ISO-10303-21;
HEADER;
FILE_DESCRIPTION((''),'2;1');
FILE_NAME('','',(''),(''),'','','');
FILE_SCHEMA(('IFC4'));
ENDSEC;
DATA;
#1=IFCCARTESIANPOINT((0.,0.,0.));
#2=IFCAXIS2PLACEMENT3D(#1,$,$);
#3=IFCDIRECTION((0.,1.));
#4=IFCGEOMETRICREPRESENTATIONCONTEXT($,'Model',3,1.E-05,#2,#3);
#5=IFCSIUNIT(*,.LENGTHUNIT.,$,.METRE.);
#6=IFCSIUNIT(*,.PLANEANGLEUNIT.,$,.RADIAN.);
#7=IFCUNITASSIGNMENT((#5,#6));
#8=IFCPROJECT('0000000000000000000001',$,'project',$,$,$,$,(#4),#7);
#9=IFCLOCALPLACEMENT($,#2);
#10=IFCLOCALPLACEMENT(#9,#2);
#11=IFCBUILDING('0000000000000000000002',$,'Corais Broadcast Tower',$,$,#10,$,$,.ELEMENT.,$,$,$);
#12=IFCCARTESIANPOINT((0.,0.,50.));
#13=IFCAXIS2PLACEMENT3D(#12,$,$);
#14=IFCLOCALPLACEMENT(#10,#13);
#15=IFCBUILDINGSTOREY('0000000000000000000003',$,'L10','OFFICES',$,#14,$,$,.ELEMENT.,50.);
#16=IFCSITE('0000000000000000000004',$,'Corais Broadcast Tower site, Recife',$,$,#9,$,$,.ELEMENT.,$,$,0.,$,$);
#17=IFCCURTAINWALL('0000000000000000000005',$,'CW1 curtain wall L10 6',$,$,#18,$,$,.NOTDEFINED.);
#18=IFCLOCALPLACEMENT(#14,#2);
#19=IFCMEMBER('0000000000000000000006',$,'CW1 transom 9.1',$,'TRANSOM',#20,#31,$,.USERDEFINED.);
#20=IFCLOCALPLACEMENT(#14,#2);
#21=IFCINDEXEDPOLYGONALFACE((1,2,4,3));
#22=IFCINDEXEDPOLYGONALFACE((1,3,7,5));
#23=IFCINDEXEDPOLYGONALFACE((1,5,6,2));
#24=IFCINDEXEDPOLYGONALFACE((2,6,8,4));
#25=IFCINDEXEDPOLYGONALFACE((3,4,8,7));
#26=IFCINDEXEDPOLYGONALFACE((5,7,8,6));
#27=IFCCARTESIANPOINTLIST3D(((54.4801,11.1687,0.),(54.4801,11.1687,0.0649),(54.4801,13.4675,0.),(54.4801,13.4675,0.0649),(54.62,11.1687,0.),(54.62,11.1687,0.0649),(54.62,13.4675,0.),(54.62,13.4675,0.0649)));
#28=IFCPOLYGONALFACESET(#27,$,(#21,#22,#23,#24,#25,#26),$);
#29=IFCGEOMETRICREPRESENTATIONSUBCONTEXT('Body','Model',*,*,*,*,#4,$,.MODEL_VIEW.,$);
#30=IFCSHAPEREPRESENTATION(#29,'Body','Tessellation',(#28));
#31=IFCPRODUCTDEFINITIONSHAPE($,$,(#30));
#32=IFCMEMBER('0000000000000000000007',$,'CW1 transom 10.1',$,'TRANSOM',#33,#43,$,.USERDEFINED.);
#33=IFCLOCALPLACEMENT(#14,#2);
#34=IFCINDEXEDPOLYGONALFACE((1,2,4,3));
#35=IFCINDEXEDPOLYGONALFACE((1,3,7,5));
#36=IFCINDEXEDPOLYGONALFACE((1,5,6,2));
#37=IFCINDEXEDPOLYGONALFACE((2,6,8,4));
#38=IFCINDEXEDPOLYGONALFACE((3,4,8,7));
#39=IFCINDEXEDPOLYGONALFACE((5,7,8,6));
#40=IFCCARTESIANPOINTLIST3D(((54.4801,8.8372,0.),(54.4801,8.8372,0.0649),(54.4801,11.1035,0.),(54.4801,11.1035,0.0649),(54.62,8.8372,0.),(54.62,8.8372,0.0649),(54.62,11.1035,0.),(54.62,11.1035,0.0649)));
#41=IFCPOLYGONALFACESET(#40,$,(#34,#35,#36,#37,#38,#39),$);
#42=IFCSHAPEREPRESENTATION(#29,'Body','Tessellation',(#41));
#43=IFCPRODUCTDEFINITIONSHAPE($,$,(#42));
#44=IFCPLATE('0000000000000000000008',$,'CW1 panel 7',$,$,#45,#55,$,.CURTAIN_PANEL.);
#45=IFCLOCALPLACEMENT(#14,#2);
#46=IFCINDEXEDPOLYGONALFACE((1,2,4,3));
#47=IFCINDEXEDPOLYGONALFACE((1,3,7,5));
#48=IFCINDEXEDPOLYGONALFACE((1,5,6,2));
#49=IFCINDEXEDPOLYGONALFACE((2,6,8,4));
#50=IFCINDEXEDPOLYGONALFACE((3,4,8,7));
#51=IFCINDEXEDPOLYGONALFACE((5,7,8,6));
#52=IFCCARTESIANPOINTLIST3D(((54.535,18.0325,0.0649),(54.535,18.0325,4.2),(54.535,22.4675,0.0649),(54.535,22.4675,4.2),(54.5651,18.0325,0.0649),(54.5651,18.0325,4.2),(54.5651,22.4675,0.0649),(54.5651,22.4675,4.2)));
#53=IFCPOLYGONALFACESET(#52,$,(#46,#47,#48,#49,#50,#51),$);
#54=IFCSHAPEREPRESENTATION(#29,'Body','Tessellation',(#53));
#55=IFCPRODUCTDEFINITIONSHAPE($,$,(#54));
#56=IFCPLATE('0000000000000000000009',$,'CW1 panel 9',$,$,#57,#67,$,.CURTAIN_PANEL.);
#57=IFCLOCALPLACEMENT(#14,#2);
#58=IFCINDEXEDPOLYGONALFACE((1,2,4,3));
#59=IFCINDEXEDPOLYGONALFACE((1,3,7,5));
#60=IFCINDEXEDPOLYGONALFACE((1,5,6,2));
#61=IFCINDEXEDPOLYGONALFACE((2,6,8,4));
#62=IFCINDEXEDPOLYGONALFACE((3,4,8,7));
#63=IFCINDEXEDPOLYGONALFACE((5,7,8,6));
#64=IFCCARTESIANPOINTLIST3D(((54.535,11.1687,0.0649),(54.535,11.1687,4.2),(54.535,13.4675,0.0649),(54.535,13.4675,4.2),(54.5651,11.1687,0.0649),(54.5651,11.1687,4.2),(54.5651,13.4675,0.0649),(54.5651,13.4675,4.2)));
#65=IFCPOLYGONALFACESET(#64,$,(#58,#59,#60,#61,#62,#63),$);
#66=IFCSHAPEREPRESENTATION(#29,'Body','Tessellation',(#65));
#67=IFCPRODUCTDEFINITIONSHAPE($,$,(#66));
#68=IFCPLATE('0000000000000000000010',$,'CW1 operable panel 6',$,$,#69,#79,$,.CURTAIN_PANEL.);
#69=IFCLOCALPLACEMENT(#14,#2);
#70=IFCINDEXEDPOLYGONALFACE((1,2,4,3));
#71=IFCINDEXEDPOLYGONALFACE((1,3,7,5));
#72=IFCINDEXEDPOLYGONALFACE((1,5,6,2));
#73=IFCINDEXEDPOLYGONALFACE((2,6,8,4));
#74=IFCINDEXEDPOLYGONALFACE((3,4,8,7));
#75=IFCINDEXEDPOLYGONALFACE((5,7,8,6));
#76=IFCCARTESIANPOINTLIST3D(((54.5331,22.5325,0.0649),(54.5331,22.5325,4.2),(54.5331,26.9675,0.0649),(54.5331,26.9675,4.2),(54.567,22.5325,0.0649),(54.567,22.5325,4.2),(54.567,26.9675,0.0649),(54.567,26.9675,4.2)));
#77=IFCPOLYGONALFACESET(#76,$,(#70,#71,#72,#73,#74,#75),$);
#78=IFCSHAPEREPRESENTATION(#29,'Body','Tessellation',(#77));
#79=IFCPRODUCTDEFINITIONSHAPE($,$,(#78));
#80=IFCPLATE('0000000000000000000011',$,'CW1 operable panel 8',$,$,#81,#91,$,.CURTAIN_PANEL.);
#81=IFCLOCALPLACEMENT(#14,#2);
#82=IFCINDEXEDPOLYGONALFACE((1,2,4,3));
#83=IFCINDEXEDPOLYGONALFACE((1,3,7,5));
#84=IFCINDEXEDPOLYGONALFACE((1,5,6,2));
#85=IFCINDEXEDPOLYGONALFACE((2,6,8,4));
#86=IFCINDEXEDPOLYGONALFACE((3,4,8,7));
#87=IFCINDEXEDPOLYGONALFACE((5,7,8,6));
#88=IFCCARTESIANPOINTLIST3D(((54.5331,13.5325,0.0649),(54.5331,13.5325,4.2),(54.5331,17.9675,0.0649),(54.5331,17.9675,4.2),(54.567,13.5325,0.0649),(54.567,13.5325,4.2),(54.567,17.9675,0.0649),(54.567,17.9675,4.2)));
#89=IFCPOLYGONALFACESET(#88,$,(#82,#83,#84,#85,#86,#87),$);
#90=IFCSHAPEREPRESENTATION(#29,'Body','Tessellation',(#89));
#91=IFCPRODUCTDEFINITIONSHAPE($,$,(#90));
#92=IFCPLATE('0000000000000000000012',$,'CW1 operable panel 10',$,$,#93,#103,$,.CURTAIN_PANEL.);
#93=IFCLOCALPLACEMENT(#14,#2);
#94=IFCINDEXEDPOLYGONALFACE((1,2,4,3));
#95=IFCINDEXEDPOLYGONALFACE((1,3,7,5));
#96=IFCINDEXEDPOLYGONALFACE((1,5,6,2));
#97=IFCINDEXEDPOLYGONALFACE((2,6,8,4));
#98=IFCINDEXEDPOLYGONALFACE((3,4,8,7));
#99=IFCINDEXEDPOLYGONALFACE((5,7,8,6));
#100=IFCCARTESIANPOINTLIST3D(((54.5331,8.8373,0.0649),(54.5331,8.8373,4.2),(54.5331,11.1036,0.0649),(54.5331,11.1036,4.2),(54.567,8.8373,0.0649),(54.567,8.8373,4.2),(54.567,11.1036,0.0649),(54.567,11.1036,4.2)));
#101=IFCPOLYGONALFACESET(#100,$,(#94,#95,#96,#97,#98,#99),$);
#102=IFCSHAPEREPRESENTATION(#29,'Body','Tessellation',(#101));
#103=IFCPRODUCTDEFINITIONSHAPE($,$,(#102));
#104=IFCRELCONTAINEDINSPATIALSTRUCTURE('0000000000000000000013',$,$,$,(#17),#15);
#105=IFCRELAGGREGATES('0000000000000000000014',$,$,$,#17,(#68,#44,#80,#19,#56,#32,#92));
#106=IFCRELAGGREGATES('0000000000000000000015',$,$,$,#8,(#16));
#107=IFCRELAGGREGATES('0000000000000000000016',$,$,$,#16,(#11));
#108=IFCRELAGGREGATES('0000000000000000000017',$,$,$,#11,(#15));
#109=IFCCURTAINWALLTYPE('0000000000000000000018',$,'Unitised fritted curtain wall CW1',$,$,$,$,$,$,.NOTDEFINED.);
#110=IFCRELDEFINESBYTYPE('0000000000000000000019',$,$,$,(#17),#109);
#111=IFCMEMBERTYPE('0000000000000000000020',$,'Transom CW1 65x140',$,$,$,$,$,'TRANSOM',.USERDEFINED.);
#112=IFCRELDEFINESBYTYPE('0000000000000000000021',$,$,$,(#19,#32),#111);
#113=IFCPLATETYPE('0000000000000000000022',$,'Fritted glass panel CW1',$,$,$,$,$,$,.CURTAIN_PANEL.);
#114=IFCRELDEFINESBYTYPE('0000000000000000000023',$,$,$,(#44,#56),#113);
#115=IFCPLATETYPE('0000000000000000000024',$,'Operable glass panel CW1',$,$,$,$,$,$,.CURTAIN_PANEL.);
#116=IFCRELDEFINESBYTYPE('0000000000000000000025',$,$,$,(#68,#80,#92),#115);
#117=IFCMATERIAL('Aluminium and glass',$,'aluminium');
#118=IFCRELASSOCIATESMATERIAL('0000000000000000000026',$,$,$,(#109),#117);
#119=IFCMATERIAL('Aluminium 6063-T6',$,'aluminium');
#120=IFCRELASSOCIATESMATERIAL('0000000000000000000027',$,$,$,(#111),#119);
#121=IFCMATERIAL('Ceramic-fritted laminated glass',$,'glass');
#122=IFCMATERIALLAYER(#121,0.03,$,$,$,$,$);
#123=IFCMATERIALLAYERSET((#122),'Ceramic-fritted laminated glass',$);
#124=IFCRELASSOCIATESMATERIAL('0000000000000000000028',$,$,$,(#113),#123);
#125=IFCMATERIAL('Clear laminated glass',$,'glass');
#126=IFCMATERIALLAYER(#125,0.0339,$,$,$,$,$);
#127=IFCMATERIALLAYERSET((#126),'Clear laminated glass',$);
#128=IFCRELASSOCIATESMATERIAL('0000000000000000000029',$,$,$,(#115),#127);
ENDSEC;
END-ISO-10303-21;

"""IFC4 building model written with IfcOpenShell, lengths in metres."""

from ifc_helpers import new_model, si_unit, direction, frame, origin, origin_2d, place, context, subcontext, project, spatial, rectangle, extrude, material, layer, layer_set, material_profile, profile_set, type_object, element, aggregate, save


model = new_model("IFC4")

# Units and contexts
model_context = context("Model", 3, precision=1e-05, world=origin(), true_north=direction((0.0, 1.0)))
body_context = subcontext(model_context, "Body", "Model", "MODEL_VIEW")
ifc_project = project(units=[si_unit("LENGTHUNIT", "METRE"), si_unit("PLANEANGLEUNIT", "RADIAN")], contexts=[model_context])

# Site, building, storey
site_placement = place(None, origin())
site = spatial("IfcSite", under=ifc_project, at=site_placement, Name="Corais Broadcast Tower site, Recife", CompositionType="ELEMENT", RefElevation=0.0)
building_placement = place(site_placement, origin())
building = spatial("IfcBuilding", under=site, at=building_placement, Name="Corais Broadcast Tower", CompositionType="ELEMENT")
storey_placement = place(building_placement, frame((0.0, 0.0, 50.0)))
storey = spatial("IfcBuildingStorey", under=building, at=storey_placement, Name="L10", Description="OFFICES", CompositionType="ELEMENT", Elevation=50.0)

# Curtain wall
ifc_material_1 = material(Name="Aluminium and glass", Category="aluminium")
curtain_wall_type = type_object("IfcCurtainWallType", Name="Unitised fritted curtain wall CW1", PredefinedType="NOTDEFINED", material=ifc_material_1)
curtain_wall_placement = place(storey_placement, origin())
curtain_wall = element("IfcCurtainWall", 1, at=curtain_wall_placement, inside=storey, type_object=curtain_wall_type, Name="CW1 curtain wall L10 6", PredefinedType="NOTDEFINED")

# Members
ifc_material_2 = material(Name="Aluminium 6063-T6", Category="aluminium")
ifc_material_profile_1 = material_profile(ifc_material_2, rectangle(XDim=0.1399, YDim=0.0649, at=origin_2d()), Name="Transom CW1 65x140")
ifc_profile_set_1 = profile_set([ifc_material_profile_1], Name="Aluminium 6063-T6")
member_type_1 = type_object("IfcMemberType", Name="Transom CW1 65x140", ElementType="TRANSOM", PredefinedType="USERDEFINED", material=ifc_profile_set_1)
member_1_placement = place(storey_placement, frame((54.55, 13.4675, 0.0325), z_axis=(0.0, -1.0, 0.0), x_axis=(1.0, 0.0, 0.0)))
member_1 = element("IfcMember", 2, at=member_1_placement, type_object=member_type_1, Name="CW1 transom 9.1", ObjectType="TRANSOM", PredefinedType="USERDEFINED", context=body_context, shape_type="SweptSolid", body=[
    extrude(rectangle(XDim=0.1399, YDim=0.0649, at=origin_2d()), origin(), (0.0, 0.0, 1.0), 2.2988),
])
member_2_placement = place(storey_placement, frame((54.55, 11.1035, 0.0325), z_axis=(0.0, -1.0, 0.0), x_axis=(1.0, 0.0, 0.0)))
member_2 = element("IfcMember", 3, at=member_2_placement, type_object=member_type_1, Name="CW1 transom 10.1", ObjectType="TRANSOM", PredefinedType="USERDEFINED", context=body_context, shape_type="SweptSolid", body=[
    extrude(rectangle(XDim=0.1399, YDim=0.0649, at=origin_2d()), origin(), (0.0, 0.0, 1.0), 2.2664),
])

# Plates
ifc_material_3 = material(Name="Ceramic-fritted laminated glass", Category="glass")
ifc_layer_1 = layer(ifc_material_3, 0.03)
ifc_layer_set_1 = layer_set([ifc_layer_1], Name="Ceramic-fritted laminated glass")
plate_type_1 = type_object("IfcPlateType", Name="Fritted glass panel CW1", PredefinedType="CURTAIN_PANEL", material=ifc_layer_set_1)
plate_1_placement = place(storey_placement, frame((54.55, 20.25, 0.0649), z_axis=(0.0, 0.0, 1.0), x_axis=(0.0, -1.0, 0.0)))
plate_1 = element("IfcPlate", 4, at=plate_1_placement, type_object=plate_type_1, Name="CW1 panel 7", PredefinedType="CURTAIN_PANEL", context=body_context, shape_type="SweptSolid", body=[
    extrude(rectangle(XDim=4.4351, YDim=0.03, at=origin_2d()), origin(), (0.0, 0.0, 1.0), 4.135),
])
plate_2_placement = place(storey_placement, frame((54.55, 12.3181, 0.0649), z_axis=(0.0, 0.0, 1.0), x_axis=(0.0, -1.0, 0.0)))
plate_2 = element("IfcPlate", 5, at=plate_2_placement, type_object=plate_type_1, Name="CW1 panel 9", PredefinedType="CURTAIN_PANEL", context=body_context, shape_type="SweptSolid", body=[
    extrude(rectangle(XDim=2.2988, YDim=0.03, at=origin_2d()), origin(), (0.0, 0.0, 1.0), 4.135),
])
ifc_material_4 = material(Name="Clear laminated glass", Category="glass")
ifc_layer_2 = layer(ifc_material_4, 0.0339)
ifc_layer_set_2 = layer_set([ifc_layer_2], Name="Clear laminated glass")
plate_type_2 = type_object("IfcPlateType", Name="Operable glass panel CW1", PredefinedType="CURTAIN_PANEL", material=ifc_layer_set_2)
plate_3_placement = place(storey_placement, frame((54.55, 24.75, 0.0649), z_axis=(0.0, 0.0, 1.0), x_axis=(0.0, -1.0, 0.0)))
plate_3 = element("IfcPlate", 6, at=plate_3_placement, type_object=plate_type_2, Name="CW1 operable panel 6", PredefinedType="CURTAIN_PANEL", context=body_context, shape_type="SweptSolid", body=[
    extrude(rectangle(XDim=4.4351, YDim=0.0339, at=origin_2d()), origin(), (0.0, 0.0, 1.0), 4.135),
])
plate_4_placement = place(storey_placement, frame((54.55, 15.75, 0.0649), z_axis=(0.0, 0.0, 1.0), x_axis=(0.0, -1.0, 0.0)))
plate_4 = element("IfcPlate", 7, at=plate_4_placement, type_object=plate_type_2, Name="CW1 operable panel 8", PredefinedType="CURTAIN_PANEL", context=body_context, shape_type="SweptSolid", body=[
    extrude(rectangle(XDim=4.4351, YDim=0.0339, at=origin_2d()), origin(), (0.0, 0.0, 1.0), 4.135),
])
plate_5_placement = place(storey_placement, frame((54.55, 9.9705, 0.0649), z_axis=(0.0, 0.0, 1.0), x_axis=(0.0, -1.0, 0.0)))
plate_5 = element("IfcPlate", 8, at=plate_5_placement, type_object=plate_type_2, Name="CW1 operable panel 10", PredefinedType="CURTAIN_PANEL", context=body_context, shape_type="SweptSolid", body=[
    extrude(rectangle(XDim=2.2664, YDim=0.0339, at=origin_2d()), origin(), (0.0, 0.0, 1.0), 4.135),
])
aggregate(curtain_wall, [plate_3, plate_1, plate_4, member_1, plate_2, member_2, plate_5])

save(model, "model.ifc")
